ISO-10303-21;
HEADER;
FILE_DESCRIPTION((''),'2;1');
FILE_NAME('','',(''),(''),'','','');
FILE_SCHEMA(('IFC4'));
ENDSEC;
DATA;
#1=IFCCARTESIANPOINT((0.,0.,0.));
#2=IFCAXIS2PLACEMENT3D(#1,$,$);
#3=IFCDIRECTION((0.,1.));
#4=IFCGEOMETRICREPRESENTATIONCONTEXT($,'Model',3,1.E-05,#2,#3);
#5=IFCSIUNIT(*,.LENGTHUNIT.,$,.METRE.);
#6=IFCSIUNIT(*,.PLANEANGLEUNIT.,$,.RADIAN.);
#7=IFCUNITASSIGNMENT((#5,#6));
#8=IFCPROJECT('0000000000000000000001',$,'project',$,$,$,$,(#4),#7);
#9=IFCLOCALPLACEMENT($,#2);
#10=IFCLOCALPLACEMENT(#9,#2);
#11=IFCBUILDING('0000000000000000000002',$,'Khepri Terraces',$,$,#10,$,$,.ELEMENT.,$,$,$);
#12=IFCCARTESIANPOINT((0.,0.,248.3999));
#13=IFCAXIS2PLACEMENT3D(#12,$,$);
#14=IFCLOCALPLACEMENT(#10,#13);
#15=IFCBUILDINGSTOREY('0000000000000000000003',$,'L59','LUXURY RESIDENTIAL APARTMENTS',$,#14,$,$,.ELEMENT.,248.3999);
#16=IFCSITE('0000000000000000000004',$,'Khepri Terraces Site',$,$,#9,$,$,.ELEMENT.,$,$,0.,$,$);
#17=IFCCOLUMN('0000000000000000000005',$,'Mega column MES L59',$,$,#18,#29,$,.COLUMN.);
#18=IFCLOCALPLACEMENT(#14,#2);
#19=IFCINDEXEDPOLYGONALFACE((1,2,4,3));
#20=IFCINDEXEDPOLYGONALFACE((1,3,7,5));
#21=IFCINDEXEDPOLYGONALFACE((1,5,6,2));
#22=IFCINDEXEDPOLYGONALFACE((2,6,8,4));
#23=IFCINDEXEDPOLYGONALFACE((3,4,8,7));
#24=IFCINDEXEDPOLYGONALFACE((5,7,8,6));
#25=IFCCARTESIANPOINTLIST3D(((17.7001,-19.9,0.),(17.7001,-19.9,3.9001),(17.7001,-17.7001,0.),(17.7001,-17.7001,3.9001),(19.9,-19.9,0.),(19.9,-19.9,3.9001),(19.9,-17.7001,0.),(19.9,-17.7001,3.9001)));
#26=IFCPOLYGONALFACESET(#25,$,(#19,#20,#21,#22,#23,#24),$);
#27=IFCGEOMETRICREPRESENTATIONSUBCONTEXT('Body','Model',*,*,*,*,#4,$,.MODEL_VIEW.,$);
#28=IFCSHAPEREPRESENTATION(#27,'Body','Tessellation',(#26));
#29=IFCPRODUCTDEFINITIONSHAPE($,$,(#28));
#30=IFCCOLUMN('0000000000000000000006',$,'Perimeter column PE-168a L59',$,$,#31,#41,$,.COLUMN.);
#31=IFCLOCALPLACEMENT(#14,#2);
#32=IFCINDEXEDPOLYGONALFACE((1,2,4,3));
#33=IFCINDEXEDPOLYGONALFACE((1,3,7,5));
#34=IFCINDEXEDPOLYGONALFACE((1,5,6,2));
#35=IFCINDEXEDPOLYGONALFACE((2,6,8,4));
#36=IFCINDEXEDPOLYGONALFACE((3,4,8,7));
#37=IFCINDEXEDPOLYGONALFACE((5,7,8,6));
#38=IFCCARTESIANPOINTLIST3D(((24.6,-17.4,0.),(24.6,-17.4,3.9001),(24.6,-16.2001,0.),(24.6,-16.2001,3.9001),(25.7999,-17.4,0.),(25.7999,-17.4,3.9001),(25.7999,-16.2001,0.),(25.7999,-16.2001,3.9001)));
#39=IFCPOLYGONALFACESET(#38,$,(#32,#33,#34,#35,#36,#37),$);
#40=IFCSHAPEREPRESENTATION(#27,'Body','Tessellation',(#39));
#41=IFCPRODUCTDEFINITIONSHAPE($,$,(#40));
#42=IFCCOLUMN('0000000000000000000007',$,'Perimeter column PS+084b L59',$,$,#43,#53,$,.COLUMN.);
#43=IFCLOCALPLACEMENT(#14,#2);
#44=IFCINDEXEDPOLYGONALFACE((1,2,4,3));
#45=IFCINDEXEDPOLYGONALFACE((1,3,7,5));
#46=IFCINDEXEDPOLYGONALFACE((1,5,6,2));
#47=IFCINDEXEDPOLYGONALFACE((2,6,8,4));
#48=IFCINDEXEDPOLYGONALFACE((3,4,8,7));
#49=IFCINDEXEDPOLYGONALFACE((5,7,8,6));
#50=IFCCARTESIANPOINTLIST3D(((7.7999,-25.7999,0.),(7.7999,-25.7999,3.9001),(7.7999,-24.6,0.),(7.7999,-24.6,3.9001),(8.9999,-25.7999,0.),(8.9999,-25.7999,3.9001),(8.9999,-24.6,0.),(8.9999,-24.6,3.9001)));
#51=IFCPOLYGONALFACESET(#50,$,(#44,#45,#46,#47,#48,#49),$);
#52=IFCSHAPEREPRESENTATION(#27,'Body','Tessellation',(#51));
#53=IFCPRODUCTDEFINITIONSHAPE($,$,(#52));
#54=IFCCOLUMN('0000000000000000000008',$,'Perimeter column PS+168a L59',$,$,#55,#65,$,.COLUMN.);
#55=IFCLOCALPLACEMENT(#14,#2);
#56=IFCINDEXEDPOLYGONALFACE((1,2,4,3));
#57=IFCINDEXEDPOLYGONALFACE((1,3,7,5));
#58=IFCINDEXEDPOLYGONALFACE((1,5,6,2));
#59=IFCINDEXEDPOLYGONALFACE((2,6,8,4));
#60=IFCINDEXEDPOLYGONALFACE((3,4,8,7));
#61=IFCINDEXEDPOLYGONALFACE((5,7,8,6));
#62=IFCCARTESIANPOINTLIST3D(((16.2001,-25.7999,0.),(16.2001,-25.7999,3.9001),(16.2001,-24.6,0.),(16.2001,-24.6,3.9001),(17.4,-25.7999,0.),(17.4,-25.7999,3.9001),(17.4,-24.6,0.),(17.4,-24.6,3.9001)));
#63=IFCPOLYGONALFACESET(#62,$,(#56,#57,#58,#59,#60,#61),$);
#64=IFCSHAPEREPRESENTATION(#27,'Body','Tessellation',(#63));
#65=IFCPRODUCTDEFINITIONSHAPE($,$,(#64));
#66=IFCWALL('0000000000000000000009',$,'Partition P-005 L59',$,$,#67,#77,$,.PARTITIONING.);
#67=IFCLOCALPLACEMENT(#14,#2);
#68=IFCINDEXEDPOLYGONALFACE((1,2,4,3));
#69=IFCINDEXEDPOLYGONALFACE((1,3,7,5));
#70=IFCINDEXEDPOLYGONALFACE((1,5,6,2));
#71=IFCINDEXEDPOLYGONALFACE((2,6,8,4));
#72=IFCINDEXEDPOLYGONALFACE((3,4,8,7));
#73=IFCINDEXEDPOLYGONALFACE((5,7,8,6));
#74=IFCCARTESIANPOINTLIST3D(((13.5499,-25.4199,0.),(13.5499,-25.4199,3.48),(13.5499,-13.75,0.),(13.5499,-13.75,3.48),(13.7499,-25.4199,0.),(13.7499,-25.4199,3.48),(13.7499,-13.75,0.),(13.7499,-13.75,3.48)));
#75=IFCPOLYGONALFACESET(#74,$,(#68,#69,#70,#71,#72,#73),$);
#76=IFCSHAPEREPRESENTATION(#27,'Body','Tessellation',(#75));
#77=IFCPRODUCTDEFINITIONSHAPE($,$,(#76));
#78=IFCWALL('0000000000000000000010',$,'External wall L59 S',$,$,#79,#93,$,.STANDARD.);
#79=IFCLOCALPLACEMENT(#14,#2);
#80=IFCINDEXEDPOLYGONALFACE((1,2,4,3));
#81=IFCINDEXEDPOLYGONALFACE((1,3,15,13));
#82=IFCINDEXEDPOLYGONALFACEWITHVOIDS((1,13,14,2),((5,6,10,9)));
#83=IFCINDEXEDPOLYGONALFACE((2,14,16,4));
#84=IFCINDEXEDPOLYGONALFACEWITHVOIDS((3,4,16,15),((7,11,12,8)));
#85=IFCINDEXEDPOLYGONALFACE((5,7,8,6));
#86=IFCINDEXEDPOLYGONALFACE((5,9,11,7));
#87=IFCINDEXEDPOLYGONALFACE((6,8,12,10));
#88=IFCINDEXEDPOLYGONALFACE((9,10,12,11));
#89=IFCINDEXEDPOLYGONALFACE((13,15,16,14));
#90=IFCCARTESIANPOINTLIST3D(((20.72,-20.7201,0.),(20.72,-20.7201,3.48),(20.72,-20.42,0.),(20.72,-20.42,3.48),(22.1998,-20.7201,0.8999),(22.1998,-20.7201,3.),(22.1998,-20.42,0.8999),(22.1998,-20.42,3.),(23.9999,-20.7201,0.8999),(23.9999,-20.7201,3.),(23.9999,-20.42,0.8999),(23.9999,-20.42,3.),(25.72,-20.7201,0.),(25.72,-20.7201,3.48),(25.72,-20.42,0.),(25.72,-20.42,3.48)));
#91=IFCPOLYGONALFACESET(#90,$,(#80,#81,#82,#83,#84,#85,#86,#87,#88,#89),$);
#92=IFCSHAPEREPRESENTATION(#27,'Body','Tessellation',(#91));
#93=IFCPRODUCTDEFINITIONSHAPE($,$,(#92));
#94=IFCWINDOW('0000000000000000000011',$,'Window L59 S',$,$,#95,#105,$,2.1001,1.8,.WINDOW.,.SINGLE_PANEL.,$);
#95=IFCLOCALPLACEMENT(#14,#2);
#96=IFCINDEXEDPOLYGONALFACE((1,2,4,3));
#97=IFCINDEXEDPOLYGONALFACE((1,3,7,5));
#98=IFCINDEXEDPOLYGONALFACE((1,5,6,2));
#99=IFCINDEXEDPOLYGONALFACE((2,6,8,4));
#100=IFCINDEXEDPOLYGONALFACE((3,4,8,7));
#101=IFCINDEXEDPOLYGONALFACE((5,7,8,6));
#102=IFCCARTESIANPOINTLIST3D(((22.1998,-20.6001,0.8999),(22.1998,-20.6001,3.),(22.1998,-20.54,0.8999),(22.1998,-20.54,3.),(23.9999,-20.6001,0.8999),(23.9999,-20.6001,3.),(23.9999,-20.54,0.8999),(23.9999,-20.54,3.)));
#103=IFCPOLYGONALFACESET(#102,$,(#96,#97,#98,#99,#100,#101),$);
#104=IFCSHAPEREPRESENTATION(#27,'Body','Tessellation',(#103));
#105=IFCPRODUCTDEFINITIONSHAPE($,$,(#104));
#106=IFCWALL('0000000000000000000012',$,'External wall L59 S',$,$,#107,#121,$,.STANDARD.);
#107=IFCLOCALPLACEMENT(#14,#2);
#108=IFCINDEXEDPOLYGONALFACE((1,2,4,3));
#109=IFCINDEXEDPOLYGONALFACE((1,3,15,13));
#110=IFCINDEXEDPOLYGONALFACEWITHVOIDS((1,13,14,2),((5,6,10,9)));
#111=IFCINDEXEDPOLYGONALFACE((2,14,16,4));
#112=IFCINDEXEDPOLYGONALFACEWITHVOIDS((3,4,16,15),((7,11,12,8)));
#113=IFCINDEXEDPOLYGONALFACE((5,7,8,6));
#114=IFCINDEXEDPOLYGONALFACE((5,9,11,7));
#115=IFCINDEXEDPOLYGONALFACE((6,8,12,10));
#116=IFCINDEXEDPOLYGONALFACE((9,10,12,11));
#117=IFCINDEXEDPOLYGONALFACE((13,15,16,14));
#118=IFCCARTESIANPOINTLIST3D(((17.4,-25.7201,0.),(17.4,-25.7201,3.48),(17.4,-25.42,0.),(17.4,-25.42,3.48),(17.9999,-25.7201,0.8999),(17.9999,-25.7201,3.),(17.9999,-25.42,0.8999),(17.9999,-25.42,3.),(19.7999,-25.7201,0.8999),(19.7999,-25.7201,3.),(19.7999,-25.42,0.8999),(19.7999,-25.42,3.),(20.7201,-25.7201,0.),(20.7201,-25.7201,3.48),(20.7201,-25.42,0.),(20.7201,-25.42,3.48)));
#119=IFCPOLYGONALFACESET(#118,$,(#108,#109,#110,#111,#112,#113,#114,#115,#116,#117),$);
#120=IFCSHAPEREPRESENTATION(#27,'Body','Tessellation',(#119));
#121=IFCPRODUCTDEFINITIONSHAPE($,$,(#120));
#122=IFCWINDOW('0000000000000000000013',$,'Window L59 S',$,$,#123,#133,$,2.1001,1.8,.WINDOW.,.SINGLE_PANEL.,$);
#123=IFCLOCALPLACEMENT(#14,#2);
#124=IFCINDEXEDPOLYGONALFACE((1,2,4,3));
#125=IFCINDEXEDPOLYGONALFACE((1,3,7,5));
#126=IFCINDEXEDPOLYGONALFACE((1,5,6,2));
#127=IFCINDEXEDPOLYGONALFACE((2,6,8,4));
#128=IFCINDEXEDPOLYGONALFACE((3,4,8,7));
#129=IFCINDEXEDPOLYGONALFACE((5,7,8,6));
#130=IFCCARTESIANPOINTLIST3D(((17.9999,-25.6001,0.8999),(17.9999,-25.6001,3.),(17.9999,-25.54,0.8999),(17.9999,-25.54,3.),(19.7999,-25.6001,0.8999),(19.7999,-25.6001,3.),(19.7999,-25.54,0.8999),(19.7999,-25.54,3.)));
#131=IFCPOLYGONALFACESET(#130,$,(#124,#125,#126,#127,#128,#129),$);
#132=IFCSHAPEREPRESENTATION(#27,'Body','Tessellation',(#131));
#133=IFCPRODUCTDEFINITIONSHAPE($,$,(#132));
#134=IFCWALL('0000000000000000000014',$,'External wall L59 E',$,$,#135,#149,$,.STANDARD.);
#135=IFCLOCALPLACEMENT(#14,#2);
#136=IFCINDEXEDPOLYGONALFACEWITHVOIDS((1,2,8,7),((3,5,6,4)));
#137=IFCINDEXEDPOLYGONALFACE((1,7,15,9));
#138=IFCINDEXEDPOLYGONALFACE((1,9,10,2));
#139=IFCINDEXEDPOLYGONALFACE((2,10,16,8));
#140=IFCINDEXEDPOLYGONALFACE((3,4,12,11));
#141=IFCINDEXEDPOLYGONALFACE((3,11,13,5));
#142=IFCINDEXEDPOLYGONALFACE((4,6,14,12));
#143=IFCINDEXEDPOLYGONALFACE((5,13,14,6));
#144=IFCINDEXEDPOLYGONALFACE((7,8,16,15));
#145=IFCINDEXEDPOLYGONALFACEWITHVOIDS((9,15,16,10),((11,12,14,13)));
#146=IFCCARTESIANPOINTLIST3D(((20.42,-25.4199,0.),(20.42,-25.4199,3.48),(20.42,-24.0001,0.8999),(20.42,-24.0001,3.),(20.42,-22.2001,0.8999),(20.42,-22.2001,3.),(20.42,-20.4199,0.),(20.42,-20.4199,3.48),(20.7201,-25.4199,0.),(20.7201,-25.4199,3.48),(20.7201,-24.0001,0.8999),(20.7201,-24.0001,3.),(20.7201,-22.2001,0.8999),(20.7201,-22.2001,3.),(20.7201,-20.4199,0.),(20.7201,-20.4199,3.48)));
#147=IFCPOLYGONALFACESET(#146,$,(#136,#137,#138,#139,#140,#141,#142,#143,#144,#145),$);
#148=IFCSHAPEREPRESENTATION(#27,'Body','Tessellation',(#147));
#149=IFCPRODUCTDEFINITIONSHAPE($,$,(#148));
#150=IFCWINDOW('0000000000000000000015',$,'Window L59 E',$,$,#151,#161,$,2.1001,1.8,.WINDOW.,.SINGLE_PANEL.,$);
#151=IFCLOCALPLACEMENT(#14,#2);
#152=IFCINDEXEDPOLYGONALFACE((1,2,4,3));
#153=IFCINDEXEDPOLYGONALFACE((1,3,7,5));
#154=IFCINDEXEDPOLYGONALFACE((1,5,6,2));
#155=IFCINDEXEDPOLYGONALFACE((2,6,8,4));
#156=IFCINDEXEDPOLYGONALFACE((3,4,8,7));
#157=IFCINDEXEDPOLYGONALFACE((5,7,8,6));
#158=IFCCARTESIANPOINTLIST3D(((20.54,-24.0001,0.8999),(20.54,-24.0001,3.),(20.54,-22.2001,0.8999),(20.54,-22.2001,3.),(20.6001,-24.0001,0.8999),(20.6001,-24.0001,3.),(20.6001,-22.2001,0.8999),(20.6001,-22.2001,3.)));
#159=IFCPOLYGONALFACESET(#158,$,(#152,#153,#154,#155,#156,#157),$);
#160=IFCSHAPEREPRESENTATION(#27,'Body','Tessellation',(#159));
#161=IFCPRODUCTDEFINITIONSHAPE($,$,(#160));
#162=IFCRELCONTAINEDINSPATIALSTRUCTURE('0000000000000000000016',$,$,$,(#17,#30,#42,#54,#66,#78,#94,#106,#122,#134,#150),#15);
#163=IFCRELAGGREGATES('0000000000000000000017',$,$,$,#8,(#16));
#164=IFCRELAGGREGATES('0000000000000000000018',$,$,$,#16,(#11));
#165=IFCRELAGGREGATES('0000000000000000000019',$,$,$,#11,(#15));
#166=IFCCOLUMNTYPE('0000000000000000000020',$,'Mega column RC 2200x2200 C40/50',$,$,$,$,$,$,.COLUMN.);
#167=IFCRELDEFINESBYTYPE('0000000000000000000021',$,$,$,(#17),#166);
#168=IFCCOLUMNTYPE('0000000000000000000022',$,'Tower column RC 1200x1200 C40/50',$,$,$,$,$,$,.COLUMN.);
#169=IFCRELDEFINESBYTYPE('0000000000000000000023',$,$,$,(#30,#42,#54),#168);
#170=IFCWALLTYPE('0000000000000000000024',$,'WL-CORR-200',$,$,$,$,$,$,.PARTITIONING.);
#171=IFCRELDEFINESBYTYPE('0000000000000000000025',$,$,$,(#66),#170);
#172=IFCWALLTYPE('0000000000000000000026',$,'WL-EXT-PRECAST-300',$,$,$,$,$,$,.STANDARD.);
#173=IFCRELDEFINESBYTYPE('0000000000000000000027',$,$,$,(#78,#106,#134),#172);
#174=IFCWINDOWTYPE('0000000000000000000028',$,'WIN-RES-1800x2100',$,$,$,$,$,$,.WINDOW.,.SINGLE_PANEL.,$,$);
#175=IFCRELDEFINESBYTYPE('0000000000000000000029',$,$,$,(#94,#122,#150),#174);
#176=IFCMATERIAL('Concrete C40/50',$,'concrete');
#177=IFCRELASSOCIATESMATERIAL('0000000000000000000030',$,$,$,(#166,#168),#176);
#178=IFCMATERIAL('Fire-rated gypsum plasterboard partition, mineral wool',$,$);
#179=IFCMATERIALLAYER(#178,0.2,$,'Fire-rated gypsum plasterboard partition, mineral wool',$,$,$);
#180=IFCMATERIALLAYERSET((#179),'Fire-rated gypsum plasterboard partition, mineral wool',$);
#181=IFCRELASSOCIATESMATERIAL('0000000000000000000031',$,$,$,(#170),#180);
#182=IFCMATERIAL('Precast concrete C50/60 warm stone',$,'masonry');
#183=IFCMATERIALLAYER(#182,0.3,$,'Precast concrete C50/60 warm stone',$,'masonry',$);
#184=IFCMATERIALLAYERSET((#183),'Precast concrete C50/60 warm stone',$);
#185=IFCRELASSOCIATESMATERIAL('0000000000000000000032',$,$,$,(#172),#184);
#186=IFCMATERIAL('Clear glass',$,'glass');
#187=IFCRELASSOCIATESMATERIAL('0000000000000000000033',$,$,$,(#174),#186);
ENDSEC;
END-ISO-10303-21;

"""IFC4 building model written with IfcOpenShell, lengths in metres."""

from ifc_helpers import new_model, si_unit, direction, frame, frame_2d, origin, origin_2d, place, context, subcontext, project, spatial, rectangle, extrude, material, layer, layer_set, material_profile, profile_set, type_object, element, fill, save


model = new_model("IFC4")

# Units and contexts
model_context = context("Model", 3, precision=1e-05, world=origin(), true_north=direction((0.0, 1.0)))
body_context = subcontext(model_context, "Body", "Model", "MODEL_VIEW")
ifc_project = project(units=[si_unit("LENGTHUNIT", "METRE"), si_unit("PLANEANGLEUNIT", "RADIAN")], contexts=[model_context])

# Site, building, storey
site_placement = place(None, origin())
site = spatial("IfcSite", under=ifc_project, at=site_placement, Name="Khepri Terraces Site", CompositionType="ELEMENT", RefElevation=0.0)
building_placement = place(site_placement, origin())
building = spatial("IfcBuilding", under=site, at=building_placement, Name="Khepri Terraces", CompositionType="ELEMENT")
storey_placement = place(building_placement, frame((0.0, 0.0, 248.3999)))
storey = spatial("IfcBuildingStorey", under=building, at=storey_placement, Name="L59", Description="LUXURY RESIDENTIAL APARTMENTS", CompositionType="ELEMENT", Elevation=248.3999)

# Columns
ifc_material_1 = material(Name="Concrete C40/50", Category="concrete")
ifc_material_profile_1 = material_profile(ifc_material_1, rectangle(XDim=2.2, YDim=2.2, at=origin_2d()), Name="Concrete C40/50", Category="concrete")
ifc_profile_set_1 = profile_set([ifc_material_profile_1], Name="Concrete C40/50")
column_type_1 = type_object("IfcColumnType", Name="Mega column RC 2200x2200 C40/50", PredefinedType="COLUMN", material=ifc_profile_set_1)
column_placement = place(storey_placement, frame((18.8, -18.8, 0.0), z_axis=(0.0, 0.0, 1.0), x_axis=(1.0, 0.0, 0.0)))
element("IfcColumn", 1, at=column_placement, inside=storey, type_object=column_type_1, Name="Mega column MES L59", PredefinedType="COLUMN", context=body_context, shape_type="SweptSolid", body=[
    extrude(rectangle(XDim=2.2, YDim=2.2, at=origin_2d()), origin(), (0.0, 0.0, 1.0), 3.9001),
])
ifc_material_profile_2 = material_profile(ifc_material_1, rectangle(XDim=1.2, YDim=1.2, at=origin_2d()), Name="Concrete C40/50", Category="concrete")
ifc_profile_set_2 = profile_set([ifc_material_profile_2], Name="Concrete C40/50")
column_type_2 = type_object("IfcColumnType", Name="Tower column RC 1200x1200 C40/50", PredefinedType="COLUMN", material=ifc_profile_set_2)
for number, where, z_axis, x_axis, name in (
    (2, (25.2, -16.8, 0.0), (0.0, 0.0, 1.0), (1.0, 0.0, 0.0), "Perimeter column PE-168a L59"),
    (3, (8.3999, -25.2, 0.0), (0.0, 0.0, 1.0), (1.0, 0.0, 0.0), "Perimeter column PS+084b L59"),
    (4, (16.8, -25.2, 0.0), (0.0, 0.0, 1.0), (1.0, 0.0, 0.0), "Perimeter column PS+168a L59"),
):
    element("IfcColumn", number, at=place(storey_placement, frame(where, z_axis=z_axis, x_axis=x_axis)), inside=storey, type_object=column_type_2, Name=name, PredefinedType="COLUMN", context=body_context, shape_type="SweptSolid", body=[
        extrude(rectangle(XDim=1.2, YDim=1.2, at=origin_2d()), origin(), (0.0, 0.0, 1.0), 3.9001),
    ])

# Wall
ifc_material_2 = material(Name="Fire-rated gypsum plasterboard partition, mineral wool")
ifc_layer_1 = layer(ifc_material_2, 0.2, Name="Fire-rated gypsum plasterboard partition, mineral wool")
ifc_layer_set_1 = layer_set([ifc_layer_1], Name="Fire-rated gypsum plasterboard partition, mineral wool")
wall_type_1 = type_object("IfcWallType", Name="WL-CORR-200", PredefinedType="PARTITIONING", material=ifc_layer_set_1)
wall_1_placement = place(storey_placement, frame((13.6499, -25.4199, 0.0), z_axis=(0.0, 0.0, 1.0), x_axis=(0.0, 1.0, 0.0)))
element("IfcWall", 5, at=wall_1_placement, inside=storey, type_object=wall_type_1, Name="Partition P-005 L59", PredefinedType="PARTITIONING", context=body_context, shape_type="SweptSolid", body=[
    extrude(rectangle(XDim=11.6699, YDim=0.2, at=frame_2d((5.835, 0.0))), origin(), (0.0, 0.0, 1.0), 3.48),
])

# Wall, opening, window
ifc_material_3 = material(Name="Precast concrete C50/60 warm stone", Category="masonry")
ifc_layer_2 = layer(ifc_material_3, 0.3, Name="Precast concrete C50/60 warm stone", Category="masonry")
ifc_layer_set_2 = layer_set([ifc_layer_2], Name="Precast concrete C50/60 warm stone")
wall_type_2 = type_object("IfcWallType", Name="WL-EXT-PRECAST-300", PredefinedType="STANDARD", material=ifc_layer_set_2)
wall_2_placement = place(storey_placement, frame((20.72, -20.5701, 0.0), z_axis=(0.0, 0.0, 1.0), x_axis=(1.0, 0.0, 0.0)))
wall_2 = element("IfcWall", 6, at=wall_2_placement, inside=storey, type_object=wall_type_2, Name="External wall L59 S", PredefinedType="STANDARD", context=body_context, shape_type="SweptSolid", body=[
    extrude(rectangle(XDim=5.0, YDim=0.3, at=frame_2d((2.5, 0.0))), origin(), (0.0, 0.0, 1.0), 3.48),
])
opening_1_placement = place(wall_2_placement, frame((1.48, 0.0, 0.8999)))
opening_1 = element("IfcOpeningElement", 7, at=opening_1_placement, cuts=wall_2, PredefinedType="OPENING", context=body_context, shape_type="SweptSolid", body=[
    extrude(rectangle(XDim=1.8, YDim=2.1001, at=frame_2d((0.8999, 1.05))), frame((0.0, 0.1602, 0.0), z_axis=(0.0, -1.0, 0.0), x_axis=(1.0, 0.0, 0.0)), (0.0, 0.0, 1.0), 0.3201),
])
ifc_material_4 = material(Name="Clear glass", Category="glass")
window_type = type_object("IfcWindowType", Name="WIN-RES-1800x2100", PartitioningType="SINGLE_PANEL", PredefinedType="WINDOW", material=ifc_material_4)
window_1_placement = place(opening_1_placement, origin())
window_1 = element("IfcWindow", 8, at=window_1_placement, inside=storey, type_object=window_type, Name="Window L59 S", OverallHeight=2.1001, OverallWidth=1.8, PartitioningType="SINGLE_PANEL", PredefinedType="WINDOW", context=body_context, shape_type="SweptSolid", body=[
    extrude(rectangle(XDim=1.8, YDim=2.1001, at=frame_2d((0.8999, 1.05))), frame((0.0, 0.03, 0.0), z_axis=(0.0, -1.0, 0.0), x_axis=(1.0, 0.0, 0.0)), (0.0, 0.0, 1.0), 0.0601),
])
fill(opening_1, window_1)

# Walls, openings, windows
wall_3_placement = place(storey_placement, frame((17.3999, -25.5701, 0.0), z_axis=(0.0, 0.0, 1.0), x_axis=(1.0, 0.0, 0.0)))
wall_3 = element("IfcWall", 9, at=wall_3_placement, inside=storey, type_object=wall_type_2, Name="External wall L59 S", PredefinedType="STANDARD", context=body_context, shape_type="SweptSolid", body=[
    extrude(rectangle(XDim=3.3201, YDim=0.3, at=frame_2d((1.6602, 0.0))), origin(), (0.0, 0.0, 1.0), 3.48),
])
opening_2_placement = place(wall_3_placement, frame((0.6001, 0.0, 0.8999)))
opening_2 = element("IfcOpeningElement", 10, at=opening_2_placement, cuts=wall_3, PredefinedType="OPENING", context=body_context, shape_type="SweptSolid", body=[
    extrude(rectangle(XDim=1.8, YDim=2.1001, at=frame_2d((0.8999, 1.05))), frame((0.0, 0.1602, 0.0), z_axis=(0.0, -1.0, 0.0), x_axis=(1.0, 0.0, 0.0)), (0.0, 0.0, 1.0), 0.3201),
])
window_2_placement = place(opening_2_placement, origin())
window_2 = element("IfcWindow", 11, at=window_2_placement, inside=storey, type_object=window_type, Name="Window L59 S", OverallHeight=2.1001, OverallWidth=1.8, PartitioningType="SINGLE_PANEL", PredefinedType="WINDOW", context=body_context, shape_type="SweptSolid", body=[
    extrude(rectangle(XDim=1.8, YDim=2.1001, at=frame_2d((0.8999, 1.05))), frame((0.0, 0.03, 0.0), z_axis=(0.0, -1.0, 0.0), x_axis=(1.0, 0.0, 0.0)), (0.0, 0.0, 1.0), 0.0601),
])
fill(opening_2, window_2)
wall_4_placement = place(storey_placement, frame((20.5701, -25.4199, 0.0), z_axis=(0.0, 0.0, 1.0), x_axis=(0.0, 1.0, 0.0)))
wall_4 = element("IfcWall", 12, at=wall_4_placement, inside=storey, type_object=wall_type_2, Name="External wall L59 E", PredefinedType="STANDARD", context=body_context, shape_type="SweptSolid", body=[
    extrude(rectangle(XDim=5.0, YDim=0.3, at=frame_2d((2.5, 0.0))), origin(), (0.0, 0.0, 1.0), 3.48),
])
opening_3_placement = place(wall_4_placement, frame((1.4199, 0.0, 0.8999)))
opening_3 = element("IfcOpeningElement", 13, at=opening_3_placement, cuts=wall_4, PredefinedType="OPENING", context=body_context, shape_type="SweptSolid", body=[
    extrude(rectangle(XDim=1.8, YDim=2.1001, at=frame_2d((0.8999, 1.05))), frame((0.0, 0.1602, 0.0), z_axis=(0.0, -1.0, 0.0), x_axis=(1.0, 0.0, 0.0)), (0.0, 0.0, 1.0), 0.3201),
])
window_3_placement = place(opening_3_placement, origin())
window_3 = element("IfcWindow", 14, at=window_3_placement, inside=storey, type_object=window_type, Name="Window L59 E", OverallHeight=2.1001, OverallWidth=1.8, PartitioningType="SINGLE_PANEL", PredefinedType="WINDOW", context=body_context, shape_type="SweptSolid", body=[
    extrude(rectangle(XDim=1.8, YDim=2.1001, at=frame_2d((0.8999, 1.05))), frame((0.0, 0.03, 0.0), z_axis=(0.0, -1.0, 0.0), x_axis=(1.0, 0.0, 0.0)), (0.0, 0.0, 1.0), 0.0601),
])
fill(opening_3, window_3)

save(model, "model.ifc")
